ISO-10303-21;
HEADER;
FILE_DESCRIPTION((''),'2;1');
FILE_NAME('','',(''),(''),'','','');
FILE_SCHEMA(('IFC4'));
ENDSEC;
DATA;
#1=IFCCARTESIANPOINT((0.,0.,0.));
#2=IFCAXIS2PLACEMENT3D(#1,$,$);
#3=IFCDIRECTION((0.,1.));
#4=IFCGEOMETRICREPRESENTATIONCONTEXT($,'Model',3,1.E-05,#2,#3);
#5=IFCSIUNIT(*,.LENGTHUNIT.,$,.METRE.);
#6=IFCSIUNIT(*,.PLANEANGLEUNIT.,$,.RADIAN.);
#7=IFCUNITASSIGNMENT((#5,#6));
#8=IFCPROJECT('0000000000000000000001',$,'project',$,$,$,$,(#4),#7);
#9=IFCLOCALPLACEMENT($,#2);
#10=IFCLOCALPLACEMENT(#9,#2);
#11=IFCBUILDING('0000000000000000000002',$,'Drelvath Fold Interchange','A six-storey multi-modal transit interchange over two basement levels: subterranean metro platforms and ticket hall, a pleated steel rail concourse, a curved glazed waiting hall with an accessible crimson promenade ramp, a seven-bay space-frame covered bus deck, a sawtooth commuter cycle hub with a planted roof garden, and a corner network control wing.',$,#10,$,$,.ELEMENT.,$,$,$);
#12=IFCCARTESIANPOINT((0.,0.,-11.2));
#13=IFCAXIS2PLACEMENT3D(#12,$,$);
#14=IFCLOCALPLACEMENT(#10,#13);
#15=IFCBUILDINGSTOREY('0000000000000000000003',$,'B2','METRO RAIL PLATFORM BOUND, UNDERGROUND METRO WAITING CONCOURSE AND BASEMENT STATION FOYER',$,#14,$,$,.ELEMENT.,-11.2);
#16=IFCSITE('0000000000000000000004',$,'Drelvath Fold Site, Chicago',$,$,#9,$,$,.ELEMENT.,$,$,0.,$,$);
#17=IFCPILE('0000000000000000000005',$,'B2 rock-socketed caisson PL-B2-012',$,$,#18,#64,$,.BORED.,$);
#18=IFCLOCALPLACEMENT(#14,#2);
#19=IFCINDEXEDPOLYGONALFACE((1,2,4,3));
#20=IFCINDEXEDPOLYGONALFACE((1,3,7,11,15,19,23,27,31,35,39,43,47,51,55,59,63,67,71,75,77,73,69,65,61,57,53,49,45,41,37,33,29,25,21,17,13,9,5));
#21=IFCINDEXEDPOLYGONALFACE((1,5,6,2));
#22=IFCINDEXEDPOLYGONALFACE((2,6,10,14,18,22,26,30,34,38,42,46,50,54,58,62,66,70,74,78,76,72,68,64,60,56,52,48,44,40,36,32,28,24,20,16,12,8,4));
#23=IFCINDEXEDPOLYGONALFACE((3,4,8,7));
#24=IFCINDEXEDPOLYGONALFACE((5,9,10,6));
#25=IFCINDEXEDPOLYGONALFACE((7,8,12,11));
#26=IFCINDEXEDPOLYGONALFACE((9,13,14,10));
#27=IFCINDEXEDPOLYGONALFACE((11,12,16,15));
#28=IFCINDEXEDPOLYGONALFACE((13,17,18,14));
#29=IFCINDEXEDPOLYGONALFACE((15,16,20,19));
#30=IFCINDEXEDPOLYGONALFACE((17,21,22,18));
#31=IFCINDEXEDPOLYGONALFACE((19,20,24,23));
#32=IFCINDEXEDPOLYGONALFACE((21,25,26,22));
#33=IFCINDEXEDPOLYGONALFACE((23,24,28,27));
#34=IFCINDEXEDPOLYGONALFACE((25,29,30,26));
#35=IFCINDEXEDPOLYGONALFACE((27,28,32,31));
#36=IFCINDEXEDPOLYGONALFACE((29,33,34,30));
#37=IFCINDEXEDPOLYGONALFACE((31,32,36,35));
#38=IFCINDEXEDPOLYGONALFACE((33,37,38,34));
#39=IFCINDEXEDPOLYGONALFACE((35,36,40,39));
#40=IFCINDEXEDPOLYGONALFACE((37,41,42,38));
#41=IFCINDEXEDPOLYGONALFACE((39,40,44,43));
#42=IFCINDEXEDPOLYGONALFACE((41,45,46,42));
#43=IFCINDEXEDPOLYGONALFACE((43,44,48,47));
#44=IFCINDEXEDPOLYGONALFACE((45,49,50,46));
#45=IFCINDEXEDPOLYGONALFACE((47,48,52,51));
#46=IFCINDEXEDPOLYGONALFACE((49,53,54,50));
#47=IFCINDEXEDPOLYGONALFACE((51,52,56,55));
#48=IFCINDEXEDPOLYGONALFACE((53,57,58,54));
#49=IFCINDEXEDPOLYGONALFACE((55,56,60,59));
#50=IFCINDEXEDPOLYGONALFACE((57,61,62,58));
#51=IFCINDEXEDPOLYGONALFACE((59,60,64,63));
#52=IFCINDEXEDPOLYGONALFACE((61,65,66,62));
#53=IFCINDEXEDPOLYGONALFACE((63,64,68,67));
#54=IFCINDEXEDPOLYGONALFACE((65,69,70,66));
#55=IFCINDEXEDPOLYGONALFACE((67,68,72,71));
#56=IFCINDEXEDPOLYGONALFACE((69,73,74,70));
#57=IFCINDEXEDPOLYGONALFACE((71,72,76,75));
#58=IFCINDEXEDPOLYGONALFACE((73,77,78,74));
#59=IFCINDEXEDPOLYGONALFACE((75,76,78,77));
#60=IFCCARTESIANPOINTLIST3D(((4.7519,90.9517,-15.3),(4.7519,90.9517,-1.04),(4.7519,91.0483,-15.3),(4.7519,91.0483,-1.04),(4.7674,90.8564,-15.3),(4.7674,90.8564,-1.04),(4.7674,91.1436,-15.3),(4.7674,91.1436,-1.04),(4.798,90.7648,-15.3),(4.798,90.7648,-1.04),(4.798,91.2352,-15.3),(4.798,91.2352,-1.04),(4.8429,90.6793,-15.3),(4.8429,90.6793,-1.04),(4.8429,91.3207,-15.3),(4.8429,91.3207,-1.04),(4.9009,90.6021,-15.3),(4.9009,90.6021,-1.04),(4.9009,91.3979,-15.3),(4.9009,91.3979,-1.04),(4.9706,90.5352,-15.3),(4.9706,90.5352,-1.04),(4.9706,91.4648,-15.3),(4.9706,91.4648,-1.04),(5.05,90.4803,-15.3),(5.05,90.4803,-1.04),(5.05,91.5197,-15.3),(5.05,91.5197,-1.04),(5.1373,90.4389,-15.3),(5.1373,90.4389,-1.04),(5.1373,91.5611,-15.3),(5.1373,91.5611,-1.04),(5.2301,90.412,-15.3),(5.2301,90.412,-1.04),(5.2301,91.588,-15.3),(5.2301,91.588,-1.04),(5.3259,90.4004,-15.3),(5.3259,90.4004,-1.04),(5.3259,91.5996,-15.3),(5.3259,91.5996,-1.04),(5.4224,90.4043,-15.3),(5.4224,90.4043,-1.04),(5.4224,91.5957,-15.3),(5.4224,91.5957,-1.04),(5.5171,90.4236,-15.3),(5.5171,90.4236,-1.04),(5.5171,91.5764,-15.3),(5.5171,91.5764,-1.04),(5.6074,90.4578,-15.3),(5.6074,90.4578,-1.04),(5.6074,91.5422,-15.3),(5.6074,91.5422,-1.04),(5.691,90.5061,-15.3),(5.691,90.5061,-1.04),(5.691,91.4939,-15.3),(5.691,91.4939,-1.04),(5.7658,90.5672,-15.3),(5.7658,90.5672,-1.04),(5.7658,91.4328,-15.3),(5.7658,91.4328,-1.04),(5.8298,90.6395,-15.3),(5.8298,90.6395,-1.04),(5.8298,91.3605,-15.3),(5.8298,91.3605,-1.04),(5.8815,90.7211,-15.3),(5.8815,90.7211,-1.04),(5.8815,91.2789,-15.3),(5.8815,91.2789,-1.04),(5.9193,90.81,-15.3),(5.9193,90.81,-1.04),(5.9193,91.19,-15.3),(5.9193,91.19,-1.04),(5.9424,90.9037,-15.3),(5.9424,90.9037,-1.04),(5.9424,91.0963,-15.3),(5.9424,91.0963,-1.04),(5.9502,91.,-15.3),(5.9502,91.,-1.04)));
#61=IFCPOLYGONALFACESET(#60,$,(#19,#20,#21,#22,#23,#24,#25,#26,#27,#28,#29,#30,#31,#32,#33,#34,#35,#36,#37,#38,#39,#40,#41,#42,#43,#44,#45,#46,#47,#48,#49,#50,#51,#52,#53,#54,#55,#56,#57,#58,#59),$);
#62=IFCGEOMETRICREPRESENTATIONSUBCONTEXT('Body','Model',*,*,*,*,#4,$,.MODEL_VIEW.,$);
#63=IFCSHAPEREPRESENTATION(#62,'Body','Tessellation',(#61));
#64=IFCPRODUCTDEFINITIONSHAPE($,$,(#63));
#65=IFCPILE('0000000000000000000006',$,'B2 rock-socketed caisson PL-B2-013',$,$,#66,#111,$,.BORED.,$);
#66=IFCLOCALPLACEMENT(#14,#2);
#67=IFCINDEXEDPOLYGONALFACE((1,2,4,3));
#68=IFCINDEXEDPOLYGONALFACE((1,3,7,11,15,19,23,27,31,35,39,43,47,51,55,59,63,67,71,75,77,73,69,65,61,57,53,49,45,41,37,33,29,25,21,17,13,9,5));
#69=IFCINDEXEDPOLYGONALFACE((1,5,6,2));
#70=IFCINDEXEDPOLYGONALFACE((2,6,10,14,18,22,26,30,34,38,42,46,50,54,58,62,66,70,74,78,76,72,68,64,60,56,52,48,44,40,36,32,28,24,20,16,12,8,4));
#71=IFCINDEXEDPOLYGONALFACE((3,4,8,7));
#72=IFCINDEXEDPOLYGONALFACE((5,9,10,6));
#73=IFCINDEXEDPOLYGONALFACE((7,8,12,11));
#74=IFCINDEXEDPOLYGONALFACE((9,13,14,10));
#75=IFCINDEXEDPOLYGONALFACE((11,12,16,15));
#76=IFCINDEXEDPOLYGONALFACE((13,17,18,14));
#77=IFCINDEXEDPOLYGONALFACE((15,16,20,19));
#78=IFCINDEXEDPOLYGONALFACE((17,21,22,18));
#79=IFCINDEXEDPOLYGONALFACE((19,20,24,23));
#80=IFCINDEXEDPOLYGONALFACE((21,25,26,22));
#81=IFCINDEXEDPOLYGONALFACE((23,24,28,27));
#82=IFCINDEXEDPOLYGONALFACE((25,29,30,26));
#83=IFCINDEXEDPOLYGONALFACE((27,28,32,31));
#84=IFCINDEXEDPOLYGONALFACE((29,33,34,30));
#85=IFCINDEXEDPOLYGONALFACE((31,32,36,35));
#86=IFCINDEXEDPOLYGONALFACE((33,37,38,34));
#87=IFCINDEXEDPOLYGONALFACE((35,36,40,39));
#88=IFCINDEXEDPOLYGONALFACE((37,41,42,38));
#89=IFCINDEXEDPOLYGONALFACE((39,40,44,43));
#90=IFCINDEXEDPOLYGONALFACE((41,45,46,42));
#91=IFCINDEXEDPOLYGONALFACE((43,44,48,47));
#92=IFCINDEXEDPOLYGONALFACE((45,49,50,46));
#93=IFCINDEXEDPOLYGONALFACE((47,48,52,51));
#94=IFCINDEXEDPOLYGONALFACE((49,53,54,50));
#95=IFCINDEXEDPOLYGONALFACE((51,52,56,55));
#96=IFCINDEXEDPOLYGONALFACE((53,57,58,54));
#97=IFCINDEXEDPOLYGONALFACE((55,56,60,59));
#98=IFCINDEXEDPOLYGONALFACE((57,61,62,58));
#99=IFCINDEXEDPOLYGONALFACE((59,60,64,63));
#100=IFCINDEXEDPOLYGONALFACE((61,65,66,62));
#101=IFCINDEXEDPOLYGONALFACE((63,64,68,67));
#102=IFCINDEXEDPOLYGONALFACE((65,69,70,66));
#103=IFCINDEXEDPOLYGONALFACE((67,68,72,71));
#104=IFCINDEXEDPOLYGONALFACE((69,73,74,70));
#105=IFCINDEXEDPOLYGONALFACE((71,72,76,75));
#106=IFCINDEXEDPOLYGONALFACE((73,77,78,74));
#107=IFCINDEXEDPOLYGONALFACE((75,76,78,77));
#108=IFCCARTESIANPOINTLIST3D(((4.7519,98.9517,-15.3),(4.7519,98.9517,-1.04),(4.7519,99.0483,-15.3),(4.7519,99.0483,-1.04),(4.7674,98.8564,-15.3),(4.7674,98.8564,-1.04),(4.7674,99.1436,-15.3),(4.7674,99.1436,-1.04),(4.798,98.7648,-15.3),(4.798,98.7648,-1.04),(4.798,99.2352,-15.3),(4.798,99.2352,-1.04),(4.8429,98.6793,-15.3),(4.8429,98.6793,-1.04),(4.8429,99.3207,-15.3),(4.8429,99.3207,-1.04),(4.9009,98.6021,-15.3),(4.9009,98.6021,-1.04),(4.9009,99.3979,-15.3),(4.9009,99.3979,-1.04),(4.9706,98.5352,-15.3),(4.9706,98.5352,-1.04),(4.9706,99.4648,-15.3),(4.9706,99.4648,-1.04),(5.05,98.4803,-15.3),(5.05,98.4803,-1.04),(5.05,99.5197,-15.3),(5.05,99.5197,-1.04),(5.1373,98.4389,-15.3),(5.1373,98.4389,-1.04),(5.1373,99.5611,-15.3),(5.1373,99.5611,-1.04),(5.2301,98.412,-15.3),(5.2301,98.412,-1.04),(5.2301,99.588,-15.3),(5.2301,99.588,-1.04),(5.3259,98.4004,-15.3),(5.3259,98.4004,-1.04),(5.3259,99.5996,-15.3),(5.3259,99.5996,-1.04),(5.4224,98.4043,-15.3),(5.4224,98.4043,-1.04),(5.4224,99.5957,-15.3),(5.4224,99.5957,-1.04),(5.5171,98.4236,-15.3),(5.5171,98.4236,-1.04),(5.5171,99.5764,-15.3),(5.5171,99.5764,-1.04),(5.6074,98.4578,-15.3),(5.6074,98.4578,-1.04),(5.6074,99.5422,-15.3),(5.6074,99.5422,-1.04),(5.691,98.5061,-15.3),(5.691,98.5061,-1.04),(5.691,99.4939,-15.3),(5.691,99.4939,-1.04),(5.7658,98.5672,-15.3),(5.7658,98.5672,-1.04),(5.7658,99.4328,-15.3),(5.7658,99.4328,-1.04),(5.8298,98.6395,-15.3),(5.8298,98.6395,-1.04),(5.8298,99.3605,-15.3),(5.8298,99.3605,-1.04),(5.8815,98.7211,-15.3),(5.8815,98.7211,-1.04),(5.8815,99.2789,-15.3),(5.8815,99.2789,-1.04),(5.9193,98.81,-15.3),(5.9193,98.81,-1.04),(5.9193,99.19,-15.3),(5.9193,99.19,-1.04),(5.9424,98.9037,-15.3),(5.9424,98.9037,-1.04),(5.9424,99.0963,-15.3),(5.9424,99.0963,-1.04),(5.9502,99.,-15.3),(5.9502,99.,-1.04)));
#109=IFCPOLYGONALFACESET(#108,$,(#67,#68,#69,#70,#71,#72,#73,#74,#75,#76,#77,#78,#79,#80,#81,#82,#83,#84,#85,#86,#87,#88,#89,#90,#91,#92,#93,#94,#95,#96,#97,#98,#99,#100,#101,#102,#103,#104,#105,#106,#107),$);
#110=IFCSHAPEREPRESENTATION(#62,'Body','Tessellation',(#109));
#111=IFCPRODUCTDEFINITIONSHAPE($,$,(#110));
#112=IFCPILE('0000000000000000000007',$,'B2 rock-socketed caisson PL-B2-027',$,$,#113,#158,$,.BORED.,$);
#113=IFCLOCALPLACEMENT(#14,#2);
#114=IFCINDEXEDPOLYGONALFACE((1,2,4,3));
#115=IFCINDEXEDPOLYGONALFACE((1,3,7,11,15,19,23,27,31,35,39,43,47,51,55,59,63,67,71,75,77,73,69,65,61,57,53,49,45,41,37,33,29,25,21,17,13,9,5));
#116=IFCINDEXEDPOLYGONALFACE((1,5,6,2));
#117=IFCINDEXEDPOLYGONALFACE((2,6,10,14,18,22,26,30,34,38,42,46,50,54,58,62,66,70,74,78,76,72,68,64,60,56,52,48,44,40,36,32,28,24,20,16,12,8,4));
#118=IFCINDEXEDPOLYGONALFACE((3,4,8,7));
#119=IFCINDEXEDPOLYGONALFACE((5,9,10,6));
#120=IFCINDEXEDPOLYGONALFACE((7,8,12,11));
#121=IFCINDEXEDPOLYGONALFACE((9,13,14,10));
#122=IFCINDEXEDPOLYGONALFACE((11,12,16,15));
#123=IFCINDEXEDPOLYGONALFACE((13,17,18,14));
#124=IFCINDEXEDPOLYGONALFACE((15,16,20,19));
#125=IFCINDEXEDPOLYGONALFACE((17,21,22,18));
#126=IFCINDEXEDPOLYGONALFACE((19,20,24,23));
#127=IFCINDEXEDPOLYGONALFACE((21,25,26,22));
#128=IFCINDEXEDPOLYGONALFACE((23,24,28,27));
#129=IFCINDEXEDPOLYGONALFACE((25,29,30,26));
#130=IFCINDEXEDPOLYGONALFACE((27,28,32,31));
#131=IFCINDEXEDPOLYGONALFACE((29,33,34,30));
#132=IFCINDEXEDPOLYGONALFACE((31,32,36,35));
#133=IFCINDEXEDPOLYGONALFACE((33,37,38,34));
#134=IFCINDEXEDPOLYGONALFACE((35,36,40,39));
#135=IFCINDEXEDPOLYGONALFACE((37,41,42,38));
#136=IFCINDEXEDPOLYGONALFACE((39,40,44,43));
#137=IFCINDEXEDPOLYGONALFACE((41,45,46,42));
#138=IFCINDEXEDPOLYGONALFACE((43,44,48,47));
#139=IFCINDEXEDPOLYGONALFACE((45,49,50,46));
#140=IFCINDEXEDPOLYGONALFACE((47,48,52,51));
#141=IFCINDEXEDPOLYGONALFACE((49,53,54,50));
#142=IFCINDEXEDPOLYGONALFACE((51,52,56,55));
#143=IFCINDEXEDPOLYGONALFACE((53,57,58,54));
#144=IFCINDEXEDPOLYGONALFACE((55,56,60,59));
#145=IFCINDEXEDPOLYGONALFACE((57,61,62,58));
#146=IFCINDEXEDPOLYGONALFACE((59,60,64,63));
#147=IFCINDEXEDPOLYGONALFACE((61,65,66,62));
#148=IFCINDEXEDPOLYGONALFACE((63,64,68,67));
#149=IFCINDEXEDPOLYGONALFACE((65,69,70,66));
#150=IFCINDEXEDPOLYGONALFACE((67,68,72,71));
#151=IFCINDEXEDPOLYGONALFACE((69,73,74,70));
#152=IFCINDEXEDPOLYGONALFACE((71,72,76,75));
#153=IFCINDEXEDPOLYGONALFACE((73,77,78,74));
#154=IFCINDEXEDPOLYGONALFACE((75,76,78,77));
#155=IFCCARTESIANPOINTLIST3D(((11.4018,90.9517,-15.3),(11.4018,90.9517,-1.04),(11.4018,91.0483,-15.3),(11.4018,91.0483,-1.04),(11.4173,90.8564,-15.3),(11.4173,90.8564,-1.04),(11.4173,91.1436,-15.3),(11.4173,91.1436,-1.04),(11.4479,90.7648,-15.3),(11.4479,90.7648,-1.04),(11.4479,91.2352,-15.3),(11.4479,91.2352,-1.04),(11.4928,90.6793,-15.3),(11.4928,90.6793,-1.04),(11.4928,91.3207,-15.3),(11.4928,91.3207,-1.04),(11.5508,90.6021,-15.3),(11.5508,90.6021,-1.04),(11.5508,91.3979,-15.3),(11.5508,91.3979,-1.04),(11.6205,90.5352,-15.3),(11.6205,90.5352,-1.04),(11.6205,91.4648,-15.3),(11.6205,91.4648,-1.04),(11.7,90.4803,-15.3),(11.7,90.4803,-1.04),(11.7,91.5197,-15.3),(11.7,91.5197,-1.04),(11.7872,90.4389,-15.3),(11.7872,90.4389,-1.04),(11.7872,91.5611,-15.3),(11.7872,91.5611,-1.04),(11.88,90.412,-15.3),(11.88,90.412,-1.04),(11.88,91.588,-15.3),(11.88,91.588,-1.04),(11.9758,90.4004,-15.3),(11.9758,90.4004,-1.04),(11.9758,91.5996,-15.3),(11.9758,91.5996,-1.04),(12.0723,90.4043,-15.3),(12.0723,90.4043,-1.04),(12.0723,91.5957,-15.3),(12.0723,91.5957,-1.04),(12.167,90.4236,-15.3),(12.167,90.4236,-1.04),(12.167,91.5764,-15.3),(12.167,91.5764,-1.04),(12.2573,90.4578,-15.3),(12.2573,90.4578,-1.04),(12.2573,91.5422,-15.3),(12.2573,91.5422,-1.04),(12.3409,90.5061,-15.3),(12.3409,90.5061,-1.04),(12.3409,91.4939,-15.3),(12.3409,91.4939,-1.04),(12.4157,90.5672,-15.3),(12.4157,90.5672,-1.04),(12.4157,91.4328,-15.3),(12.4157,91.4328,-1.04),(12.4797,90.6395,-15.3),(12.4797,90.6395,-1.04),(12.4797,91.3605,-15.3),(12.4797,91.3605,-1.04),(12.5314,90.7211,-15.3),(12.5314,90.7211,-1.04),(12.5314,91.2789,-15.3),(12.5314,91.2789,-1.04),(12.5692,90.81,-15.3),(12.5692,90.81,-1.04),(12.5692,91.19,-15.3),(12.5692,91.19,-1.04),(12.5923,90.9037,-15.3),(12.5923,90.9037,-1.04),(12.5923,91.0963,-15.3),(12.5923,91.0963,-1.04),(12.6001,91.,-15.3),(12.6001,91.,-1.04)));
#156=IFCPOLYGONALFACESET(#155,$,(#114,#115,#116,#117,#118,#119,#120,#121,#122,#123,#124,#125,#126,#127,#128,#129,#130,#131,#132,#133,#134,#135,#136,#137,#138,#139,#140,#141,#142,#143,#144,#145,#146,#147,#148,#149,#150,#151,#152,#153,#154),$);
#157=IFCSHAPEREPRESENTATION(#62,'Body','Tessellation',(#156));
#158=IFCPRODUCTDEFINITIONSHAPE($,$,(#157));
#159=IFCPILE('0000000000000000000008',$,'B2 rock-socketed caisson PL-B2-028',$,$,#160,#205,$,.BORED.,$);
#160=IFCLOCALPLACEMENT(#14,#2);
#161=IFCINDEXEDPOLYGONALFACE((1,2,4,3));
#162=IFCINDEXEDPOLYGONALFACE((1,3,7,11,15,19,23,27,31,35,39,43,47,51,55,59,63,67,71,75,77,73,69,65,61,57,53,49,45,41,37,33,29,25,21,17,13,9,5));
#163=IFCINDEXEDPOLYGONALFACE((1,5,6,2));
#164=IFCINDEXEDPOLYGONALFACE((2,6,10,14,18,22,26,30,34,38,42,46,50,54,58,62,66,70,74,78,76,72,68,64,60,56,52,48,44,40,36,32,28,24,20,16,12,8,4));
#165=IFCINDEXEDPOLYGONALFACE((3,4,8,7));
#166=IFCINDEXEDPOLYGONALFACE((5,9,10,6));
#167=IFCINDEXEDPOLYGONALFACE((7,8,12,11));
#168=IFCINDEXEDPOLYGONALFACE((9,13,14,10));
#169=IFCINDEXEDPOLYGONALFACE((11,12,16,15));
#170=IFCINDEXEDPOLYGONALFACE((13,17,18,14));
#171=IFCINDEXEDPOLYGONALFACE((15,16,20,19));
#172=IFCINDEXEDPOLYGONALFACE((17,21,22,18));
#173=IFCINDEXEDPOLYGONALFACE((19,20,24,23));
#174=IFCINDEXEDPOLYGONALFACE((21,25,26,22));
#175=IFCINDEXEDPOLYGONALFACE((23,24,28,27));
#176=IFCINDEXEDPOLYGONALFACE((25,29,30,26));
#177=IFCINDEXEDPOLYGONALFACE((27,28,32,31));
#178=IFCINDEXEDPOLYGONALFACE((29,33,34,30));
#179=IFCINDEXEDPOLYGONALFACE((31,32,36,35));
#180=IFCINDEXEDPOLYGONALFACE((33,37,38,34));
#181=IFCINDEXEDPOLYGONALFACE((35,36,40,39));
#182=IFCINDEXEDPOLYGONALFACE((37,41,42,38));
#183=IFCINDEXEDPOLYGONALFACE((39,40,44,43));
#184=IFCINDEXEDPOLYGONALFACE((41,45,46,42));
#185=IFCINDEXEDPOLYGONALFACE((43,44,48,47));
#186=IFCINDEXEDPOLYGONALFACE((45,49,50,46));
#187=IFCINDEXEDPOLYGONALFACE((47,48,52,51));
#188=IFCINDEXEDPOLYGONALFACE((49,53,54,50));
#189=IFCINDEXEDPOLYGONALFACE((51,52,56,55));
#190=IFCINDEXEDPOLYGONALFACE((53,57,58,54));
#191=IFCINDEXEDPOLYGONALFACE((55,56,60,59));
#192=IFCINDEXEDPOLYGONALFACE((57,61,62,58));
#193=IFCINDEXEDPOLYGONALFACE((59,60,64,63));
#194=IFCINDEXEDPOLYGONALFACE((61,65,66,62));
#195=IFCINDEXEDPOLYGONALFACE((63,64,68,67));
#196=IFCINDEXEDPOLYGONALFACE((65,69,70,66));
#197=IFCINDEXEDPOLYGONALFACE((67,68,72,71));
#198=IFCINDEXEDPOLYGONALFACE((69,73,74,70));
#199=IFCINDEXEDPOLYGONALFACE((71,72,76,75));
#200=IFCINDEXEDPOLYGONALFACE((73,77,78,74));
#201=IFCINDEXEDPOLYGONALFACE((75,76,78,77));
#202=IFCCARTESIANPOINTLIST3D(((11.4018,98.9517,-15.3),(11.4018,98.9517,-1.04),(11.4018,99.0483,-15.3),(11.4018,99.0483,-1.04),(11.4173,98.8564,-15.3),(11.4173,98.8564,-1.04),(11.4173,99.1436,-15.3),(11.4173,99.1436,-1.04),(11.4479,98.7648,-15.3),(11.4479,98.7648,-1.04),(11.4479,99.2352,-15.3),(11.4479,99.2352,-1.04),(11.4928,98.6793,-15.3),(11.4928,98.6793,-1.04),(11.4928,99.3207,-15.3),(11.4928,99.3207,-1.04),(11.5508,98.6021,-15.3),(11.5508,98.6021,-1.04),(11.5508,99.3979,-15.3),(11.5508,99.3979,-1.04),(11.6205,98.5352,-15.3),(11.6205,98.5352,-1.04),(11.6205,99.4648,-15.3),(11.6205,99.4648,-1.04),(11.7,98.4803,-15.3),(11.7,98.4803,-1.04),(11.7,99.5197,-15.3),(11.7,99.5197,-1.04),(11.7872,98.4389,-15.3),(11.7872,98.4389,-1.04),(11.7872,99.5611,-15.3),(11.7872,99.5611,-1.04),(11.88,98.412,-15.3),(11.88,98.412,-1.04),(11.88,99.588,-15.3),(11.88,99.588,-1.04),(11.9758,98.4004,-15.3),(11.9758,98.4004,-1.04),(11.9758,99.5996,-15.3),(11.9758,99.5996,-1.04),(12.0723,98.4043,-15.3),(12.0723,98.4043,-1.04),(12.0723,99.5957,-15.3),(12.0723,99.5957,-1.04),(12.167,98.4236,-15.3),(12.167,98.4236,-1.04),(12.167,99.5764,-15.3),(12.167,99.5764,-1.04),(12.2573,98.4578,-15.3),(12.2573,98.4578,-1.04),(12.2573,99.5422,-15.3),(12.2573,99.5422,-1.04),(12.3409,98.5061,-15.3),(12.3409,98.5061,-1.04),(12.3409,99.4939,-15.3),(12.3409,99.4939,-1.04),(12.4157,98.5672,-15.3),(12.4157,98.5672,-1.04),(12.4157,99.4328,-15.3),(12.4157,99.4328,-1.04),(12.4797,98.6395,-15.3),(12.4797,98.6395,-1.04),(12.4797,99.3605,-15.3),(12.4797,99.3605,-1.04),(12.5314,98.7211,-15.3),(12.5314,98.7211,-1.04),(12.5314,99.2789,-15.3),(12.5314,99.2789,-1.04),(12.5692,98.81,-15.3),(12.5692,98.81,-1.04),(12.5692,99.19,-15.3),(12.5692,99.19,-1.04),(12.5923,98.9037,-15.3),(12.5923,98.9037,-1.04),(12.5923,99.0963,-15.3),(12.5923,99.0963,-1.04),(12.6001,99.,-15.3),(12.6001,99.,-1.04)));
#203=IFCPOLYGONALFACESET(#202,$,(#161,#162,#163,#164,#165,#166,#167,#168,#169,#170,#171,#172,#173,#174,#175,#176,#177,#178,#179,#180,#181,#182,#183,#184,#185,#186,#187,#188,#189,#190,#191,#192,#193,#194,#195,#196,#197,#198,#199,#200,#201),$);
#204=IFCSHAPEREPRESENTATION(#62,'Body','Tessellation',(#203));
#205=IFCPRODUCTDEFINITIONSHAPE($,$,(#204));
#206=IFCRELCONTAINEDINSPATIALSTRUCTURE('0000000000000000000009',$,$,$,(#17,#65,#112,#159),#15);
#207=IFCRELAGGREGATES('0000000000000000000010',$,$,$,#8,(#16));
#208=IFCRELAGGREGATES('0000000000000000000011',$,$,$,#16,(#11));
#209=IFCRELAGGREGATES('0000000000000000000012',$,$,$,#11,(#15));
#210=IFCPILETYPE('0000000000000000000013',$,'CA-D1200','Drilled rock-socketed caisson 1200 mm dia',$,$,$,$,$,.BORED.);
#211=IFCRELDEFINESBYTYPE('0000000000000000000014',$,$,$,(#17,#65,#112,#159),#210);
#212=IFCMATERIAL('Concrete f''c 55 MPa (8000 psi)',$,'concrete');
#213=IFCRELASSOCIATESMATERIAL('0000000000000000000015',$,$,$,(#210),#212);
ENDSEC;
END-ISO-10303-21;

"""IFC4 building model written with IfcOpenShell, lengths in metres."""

from ifc_helpers import new_model, si_unit, direction, frame, origin, origin_2d, place, context, subcontext, project, spatial, circle, extrude, material, material_profile, profile_set, type_object, element, save


model = new_model("IFC4")

# Units and contexts
model_context = context("Model", 3, precision=1e-05, world=origin(), true_north=direction((0.0, 1.0)))
body_context = subcontext(model_context, "Body", "Model", "MODEL_VIEW")
ifc_project = project(units=[si_unit("LENGTHUNIT", "METRE"), si_unit("PLANEANGLEUNIT", "RADIAN")], contexts=[model_context])

# Site, building, storey
site_placement = place(None, origin())
site = spatial("IfcSite", under=ifc_project, at=site_placement, Name="Drelvath Fold Site, Chicago", CompositionType="ELEMENT", RefElevation=0.0)
building_placement = place(site_placement, origin())
building = spatial("IfcBuilding", under=site, at=building_placement, Name="Drelvath Fold Interchange", Description="A six-storey multi-modal transit interchange over two basement levels: subterranean metro platforms and ticket hall, a pleated steel rail concourse, a curved glazed waiting hall with an accessible crimson promenade ramp, a seven-bay space-frame covered bus deck, a sawtooth commuter cycle hub with a planted roof garden, and a corner network control wing.", CompositionType="ELEMENT")
storey_placement = place(building_placement, frame((0.0, 0.0, -11.2)))
storey = spatial("IfcBuildingStorey", under=building, at=storey_placement, Name="B2", Description="METRO RAIL PLATFORM BOUND, UNDERGROUND METRO WAITING CONCOURSE AND BASEMENT STATION FOYER", CompositionType="ELEMENT", Elevation=-11.2)

# Piles
ifc_material_1 = material(Name="Concrete f'c 55 MPa (8000 psi)", Category="concrete")
ifc_material_profile_1 = material_profile(ifc_material_1, circle(Radius=0.6001, at=origin_2d()), Name="CAISSON D1200")
ifc_profile_set_1 = profile_set([ifc_material_profile_1], Name="Concrete f'c 55 MPa (8000 psi)")
pile_type = type_object("IfcPileType", Name="CA-D1200", Description="Drilled rock-socketed caisson 1200 mm dia", PredefinedType="BORED", material=ifc_profile_set_1)
for number, where, z_axis, x_axis, name in (
    (1, (5.3501, 91.0, -1.04), (0.0, 0.0, -1.0), (1.0, 0.0, 0.0), "B2 rock-socketed caisson PL-B2-012"),
    (2, (5.3501, 99.0, -1.04), (0.0, 0.0, -1.0), (1.0, 0.0, 0.0), "B2 rock-socketed caisson PL-B2-013"),
    (3, (12.0, 91.0, -1.04), (0.0, 0.0, -1.0), (1.0, 0.0, 0.0), "B2 rock-socketed caisson PL-B2-027"),
    (4, (12.0, 99.0, -1.04), (0.0, 0.0, -1.0), (1.0, 0.0, 0.0), "B2 rock-socketed caisson PL-B2-028"),
):
    element("IfcPile", number, at=place(storey_placement, frame(where, z_axis=z_axis, x_axis=x_axis)), inside=storey, type_object=pile_type, Name=name, PredefinedType="BORED", context=body_context, shape_type="SweptSolid", body=[
        extrude(circle(Radius=0.6001, at=origin_2d()), origin(), (0.0, 0.0, 1.0), 14.26),
    ])

save(model, "model.ifc")
